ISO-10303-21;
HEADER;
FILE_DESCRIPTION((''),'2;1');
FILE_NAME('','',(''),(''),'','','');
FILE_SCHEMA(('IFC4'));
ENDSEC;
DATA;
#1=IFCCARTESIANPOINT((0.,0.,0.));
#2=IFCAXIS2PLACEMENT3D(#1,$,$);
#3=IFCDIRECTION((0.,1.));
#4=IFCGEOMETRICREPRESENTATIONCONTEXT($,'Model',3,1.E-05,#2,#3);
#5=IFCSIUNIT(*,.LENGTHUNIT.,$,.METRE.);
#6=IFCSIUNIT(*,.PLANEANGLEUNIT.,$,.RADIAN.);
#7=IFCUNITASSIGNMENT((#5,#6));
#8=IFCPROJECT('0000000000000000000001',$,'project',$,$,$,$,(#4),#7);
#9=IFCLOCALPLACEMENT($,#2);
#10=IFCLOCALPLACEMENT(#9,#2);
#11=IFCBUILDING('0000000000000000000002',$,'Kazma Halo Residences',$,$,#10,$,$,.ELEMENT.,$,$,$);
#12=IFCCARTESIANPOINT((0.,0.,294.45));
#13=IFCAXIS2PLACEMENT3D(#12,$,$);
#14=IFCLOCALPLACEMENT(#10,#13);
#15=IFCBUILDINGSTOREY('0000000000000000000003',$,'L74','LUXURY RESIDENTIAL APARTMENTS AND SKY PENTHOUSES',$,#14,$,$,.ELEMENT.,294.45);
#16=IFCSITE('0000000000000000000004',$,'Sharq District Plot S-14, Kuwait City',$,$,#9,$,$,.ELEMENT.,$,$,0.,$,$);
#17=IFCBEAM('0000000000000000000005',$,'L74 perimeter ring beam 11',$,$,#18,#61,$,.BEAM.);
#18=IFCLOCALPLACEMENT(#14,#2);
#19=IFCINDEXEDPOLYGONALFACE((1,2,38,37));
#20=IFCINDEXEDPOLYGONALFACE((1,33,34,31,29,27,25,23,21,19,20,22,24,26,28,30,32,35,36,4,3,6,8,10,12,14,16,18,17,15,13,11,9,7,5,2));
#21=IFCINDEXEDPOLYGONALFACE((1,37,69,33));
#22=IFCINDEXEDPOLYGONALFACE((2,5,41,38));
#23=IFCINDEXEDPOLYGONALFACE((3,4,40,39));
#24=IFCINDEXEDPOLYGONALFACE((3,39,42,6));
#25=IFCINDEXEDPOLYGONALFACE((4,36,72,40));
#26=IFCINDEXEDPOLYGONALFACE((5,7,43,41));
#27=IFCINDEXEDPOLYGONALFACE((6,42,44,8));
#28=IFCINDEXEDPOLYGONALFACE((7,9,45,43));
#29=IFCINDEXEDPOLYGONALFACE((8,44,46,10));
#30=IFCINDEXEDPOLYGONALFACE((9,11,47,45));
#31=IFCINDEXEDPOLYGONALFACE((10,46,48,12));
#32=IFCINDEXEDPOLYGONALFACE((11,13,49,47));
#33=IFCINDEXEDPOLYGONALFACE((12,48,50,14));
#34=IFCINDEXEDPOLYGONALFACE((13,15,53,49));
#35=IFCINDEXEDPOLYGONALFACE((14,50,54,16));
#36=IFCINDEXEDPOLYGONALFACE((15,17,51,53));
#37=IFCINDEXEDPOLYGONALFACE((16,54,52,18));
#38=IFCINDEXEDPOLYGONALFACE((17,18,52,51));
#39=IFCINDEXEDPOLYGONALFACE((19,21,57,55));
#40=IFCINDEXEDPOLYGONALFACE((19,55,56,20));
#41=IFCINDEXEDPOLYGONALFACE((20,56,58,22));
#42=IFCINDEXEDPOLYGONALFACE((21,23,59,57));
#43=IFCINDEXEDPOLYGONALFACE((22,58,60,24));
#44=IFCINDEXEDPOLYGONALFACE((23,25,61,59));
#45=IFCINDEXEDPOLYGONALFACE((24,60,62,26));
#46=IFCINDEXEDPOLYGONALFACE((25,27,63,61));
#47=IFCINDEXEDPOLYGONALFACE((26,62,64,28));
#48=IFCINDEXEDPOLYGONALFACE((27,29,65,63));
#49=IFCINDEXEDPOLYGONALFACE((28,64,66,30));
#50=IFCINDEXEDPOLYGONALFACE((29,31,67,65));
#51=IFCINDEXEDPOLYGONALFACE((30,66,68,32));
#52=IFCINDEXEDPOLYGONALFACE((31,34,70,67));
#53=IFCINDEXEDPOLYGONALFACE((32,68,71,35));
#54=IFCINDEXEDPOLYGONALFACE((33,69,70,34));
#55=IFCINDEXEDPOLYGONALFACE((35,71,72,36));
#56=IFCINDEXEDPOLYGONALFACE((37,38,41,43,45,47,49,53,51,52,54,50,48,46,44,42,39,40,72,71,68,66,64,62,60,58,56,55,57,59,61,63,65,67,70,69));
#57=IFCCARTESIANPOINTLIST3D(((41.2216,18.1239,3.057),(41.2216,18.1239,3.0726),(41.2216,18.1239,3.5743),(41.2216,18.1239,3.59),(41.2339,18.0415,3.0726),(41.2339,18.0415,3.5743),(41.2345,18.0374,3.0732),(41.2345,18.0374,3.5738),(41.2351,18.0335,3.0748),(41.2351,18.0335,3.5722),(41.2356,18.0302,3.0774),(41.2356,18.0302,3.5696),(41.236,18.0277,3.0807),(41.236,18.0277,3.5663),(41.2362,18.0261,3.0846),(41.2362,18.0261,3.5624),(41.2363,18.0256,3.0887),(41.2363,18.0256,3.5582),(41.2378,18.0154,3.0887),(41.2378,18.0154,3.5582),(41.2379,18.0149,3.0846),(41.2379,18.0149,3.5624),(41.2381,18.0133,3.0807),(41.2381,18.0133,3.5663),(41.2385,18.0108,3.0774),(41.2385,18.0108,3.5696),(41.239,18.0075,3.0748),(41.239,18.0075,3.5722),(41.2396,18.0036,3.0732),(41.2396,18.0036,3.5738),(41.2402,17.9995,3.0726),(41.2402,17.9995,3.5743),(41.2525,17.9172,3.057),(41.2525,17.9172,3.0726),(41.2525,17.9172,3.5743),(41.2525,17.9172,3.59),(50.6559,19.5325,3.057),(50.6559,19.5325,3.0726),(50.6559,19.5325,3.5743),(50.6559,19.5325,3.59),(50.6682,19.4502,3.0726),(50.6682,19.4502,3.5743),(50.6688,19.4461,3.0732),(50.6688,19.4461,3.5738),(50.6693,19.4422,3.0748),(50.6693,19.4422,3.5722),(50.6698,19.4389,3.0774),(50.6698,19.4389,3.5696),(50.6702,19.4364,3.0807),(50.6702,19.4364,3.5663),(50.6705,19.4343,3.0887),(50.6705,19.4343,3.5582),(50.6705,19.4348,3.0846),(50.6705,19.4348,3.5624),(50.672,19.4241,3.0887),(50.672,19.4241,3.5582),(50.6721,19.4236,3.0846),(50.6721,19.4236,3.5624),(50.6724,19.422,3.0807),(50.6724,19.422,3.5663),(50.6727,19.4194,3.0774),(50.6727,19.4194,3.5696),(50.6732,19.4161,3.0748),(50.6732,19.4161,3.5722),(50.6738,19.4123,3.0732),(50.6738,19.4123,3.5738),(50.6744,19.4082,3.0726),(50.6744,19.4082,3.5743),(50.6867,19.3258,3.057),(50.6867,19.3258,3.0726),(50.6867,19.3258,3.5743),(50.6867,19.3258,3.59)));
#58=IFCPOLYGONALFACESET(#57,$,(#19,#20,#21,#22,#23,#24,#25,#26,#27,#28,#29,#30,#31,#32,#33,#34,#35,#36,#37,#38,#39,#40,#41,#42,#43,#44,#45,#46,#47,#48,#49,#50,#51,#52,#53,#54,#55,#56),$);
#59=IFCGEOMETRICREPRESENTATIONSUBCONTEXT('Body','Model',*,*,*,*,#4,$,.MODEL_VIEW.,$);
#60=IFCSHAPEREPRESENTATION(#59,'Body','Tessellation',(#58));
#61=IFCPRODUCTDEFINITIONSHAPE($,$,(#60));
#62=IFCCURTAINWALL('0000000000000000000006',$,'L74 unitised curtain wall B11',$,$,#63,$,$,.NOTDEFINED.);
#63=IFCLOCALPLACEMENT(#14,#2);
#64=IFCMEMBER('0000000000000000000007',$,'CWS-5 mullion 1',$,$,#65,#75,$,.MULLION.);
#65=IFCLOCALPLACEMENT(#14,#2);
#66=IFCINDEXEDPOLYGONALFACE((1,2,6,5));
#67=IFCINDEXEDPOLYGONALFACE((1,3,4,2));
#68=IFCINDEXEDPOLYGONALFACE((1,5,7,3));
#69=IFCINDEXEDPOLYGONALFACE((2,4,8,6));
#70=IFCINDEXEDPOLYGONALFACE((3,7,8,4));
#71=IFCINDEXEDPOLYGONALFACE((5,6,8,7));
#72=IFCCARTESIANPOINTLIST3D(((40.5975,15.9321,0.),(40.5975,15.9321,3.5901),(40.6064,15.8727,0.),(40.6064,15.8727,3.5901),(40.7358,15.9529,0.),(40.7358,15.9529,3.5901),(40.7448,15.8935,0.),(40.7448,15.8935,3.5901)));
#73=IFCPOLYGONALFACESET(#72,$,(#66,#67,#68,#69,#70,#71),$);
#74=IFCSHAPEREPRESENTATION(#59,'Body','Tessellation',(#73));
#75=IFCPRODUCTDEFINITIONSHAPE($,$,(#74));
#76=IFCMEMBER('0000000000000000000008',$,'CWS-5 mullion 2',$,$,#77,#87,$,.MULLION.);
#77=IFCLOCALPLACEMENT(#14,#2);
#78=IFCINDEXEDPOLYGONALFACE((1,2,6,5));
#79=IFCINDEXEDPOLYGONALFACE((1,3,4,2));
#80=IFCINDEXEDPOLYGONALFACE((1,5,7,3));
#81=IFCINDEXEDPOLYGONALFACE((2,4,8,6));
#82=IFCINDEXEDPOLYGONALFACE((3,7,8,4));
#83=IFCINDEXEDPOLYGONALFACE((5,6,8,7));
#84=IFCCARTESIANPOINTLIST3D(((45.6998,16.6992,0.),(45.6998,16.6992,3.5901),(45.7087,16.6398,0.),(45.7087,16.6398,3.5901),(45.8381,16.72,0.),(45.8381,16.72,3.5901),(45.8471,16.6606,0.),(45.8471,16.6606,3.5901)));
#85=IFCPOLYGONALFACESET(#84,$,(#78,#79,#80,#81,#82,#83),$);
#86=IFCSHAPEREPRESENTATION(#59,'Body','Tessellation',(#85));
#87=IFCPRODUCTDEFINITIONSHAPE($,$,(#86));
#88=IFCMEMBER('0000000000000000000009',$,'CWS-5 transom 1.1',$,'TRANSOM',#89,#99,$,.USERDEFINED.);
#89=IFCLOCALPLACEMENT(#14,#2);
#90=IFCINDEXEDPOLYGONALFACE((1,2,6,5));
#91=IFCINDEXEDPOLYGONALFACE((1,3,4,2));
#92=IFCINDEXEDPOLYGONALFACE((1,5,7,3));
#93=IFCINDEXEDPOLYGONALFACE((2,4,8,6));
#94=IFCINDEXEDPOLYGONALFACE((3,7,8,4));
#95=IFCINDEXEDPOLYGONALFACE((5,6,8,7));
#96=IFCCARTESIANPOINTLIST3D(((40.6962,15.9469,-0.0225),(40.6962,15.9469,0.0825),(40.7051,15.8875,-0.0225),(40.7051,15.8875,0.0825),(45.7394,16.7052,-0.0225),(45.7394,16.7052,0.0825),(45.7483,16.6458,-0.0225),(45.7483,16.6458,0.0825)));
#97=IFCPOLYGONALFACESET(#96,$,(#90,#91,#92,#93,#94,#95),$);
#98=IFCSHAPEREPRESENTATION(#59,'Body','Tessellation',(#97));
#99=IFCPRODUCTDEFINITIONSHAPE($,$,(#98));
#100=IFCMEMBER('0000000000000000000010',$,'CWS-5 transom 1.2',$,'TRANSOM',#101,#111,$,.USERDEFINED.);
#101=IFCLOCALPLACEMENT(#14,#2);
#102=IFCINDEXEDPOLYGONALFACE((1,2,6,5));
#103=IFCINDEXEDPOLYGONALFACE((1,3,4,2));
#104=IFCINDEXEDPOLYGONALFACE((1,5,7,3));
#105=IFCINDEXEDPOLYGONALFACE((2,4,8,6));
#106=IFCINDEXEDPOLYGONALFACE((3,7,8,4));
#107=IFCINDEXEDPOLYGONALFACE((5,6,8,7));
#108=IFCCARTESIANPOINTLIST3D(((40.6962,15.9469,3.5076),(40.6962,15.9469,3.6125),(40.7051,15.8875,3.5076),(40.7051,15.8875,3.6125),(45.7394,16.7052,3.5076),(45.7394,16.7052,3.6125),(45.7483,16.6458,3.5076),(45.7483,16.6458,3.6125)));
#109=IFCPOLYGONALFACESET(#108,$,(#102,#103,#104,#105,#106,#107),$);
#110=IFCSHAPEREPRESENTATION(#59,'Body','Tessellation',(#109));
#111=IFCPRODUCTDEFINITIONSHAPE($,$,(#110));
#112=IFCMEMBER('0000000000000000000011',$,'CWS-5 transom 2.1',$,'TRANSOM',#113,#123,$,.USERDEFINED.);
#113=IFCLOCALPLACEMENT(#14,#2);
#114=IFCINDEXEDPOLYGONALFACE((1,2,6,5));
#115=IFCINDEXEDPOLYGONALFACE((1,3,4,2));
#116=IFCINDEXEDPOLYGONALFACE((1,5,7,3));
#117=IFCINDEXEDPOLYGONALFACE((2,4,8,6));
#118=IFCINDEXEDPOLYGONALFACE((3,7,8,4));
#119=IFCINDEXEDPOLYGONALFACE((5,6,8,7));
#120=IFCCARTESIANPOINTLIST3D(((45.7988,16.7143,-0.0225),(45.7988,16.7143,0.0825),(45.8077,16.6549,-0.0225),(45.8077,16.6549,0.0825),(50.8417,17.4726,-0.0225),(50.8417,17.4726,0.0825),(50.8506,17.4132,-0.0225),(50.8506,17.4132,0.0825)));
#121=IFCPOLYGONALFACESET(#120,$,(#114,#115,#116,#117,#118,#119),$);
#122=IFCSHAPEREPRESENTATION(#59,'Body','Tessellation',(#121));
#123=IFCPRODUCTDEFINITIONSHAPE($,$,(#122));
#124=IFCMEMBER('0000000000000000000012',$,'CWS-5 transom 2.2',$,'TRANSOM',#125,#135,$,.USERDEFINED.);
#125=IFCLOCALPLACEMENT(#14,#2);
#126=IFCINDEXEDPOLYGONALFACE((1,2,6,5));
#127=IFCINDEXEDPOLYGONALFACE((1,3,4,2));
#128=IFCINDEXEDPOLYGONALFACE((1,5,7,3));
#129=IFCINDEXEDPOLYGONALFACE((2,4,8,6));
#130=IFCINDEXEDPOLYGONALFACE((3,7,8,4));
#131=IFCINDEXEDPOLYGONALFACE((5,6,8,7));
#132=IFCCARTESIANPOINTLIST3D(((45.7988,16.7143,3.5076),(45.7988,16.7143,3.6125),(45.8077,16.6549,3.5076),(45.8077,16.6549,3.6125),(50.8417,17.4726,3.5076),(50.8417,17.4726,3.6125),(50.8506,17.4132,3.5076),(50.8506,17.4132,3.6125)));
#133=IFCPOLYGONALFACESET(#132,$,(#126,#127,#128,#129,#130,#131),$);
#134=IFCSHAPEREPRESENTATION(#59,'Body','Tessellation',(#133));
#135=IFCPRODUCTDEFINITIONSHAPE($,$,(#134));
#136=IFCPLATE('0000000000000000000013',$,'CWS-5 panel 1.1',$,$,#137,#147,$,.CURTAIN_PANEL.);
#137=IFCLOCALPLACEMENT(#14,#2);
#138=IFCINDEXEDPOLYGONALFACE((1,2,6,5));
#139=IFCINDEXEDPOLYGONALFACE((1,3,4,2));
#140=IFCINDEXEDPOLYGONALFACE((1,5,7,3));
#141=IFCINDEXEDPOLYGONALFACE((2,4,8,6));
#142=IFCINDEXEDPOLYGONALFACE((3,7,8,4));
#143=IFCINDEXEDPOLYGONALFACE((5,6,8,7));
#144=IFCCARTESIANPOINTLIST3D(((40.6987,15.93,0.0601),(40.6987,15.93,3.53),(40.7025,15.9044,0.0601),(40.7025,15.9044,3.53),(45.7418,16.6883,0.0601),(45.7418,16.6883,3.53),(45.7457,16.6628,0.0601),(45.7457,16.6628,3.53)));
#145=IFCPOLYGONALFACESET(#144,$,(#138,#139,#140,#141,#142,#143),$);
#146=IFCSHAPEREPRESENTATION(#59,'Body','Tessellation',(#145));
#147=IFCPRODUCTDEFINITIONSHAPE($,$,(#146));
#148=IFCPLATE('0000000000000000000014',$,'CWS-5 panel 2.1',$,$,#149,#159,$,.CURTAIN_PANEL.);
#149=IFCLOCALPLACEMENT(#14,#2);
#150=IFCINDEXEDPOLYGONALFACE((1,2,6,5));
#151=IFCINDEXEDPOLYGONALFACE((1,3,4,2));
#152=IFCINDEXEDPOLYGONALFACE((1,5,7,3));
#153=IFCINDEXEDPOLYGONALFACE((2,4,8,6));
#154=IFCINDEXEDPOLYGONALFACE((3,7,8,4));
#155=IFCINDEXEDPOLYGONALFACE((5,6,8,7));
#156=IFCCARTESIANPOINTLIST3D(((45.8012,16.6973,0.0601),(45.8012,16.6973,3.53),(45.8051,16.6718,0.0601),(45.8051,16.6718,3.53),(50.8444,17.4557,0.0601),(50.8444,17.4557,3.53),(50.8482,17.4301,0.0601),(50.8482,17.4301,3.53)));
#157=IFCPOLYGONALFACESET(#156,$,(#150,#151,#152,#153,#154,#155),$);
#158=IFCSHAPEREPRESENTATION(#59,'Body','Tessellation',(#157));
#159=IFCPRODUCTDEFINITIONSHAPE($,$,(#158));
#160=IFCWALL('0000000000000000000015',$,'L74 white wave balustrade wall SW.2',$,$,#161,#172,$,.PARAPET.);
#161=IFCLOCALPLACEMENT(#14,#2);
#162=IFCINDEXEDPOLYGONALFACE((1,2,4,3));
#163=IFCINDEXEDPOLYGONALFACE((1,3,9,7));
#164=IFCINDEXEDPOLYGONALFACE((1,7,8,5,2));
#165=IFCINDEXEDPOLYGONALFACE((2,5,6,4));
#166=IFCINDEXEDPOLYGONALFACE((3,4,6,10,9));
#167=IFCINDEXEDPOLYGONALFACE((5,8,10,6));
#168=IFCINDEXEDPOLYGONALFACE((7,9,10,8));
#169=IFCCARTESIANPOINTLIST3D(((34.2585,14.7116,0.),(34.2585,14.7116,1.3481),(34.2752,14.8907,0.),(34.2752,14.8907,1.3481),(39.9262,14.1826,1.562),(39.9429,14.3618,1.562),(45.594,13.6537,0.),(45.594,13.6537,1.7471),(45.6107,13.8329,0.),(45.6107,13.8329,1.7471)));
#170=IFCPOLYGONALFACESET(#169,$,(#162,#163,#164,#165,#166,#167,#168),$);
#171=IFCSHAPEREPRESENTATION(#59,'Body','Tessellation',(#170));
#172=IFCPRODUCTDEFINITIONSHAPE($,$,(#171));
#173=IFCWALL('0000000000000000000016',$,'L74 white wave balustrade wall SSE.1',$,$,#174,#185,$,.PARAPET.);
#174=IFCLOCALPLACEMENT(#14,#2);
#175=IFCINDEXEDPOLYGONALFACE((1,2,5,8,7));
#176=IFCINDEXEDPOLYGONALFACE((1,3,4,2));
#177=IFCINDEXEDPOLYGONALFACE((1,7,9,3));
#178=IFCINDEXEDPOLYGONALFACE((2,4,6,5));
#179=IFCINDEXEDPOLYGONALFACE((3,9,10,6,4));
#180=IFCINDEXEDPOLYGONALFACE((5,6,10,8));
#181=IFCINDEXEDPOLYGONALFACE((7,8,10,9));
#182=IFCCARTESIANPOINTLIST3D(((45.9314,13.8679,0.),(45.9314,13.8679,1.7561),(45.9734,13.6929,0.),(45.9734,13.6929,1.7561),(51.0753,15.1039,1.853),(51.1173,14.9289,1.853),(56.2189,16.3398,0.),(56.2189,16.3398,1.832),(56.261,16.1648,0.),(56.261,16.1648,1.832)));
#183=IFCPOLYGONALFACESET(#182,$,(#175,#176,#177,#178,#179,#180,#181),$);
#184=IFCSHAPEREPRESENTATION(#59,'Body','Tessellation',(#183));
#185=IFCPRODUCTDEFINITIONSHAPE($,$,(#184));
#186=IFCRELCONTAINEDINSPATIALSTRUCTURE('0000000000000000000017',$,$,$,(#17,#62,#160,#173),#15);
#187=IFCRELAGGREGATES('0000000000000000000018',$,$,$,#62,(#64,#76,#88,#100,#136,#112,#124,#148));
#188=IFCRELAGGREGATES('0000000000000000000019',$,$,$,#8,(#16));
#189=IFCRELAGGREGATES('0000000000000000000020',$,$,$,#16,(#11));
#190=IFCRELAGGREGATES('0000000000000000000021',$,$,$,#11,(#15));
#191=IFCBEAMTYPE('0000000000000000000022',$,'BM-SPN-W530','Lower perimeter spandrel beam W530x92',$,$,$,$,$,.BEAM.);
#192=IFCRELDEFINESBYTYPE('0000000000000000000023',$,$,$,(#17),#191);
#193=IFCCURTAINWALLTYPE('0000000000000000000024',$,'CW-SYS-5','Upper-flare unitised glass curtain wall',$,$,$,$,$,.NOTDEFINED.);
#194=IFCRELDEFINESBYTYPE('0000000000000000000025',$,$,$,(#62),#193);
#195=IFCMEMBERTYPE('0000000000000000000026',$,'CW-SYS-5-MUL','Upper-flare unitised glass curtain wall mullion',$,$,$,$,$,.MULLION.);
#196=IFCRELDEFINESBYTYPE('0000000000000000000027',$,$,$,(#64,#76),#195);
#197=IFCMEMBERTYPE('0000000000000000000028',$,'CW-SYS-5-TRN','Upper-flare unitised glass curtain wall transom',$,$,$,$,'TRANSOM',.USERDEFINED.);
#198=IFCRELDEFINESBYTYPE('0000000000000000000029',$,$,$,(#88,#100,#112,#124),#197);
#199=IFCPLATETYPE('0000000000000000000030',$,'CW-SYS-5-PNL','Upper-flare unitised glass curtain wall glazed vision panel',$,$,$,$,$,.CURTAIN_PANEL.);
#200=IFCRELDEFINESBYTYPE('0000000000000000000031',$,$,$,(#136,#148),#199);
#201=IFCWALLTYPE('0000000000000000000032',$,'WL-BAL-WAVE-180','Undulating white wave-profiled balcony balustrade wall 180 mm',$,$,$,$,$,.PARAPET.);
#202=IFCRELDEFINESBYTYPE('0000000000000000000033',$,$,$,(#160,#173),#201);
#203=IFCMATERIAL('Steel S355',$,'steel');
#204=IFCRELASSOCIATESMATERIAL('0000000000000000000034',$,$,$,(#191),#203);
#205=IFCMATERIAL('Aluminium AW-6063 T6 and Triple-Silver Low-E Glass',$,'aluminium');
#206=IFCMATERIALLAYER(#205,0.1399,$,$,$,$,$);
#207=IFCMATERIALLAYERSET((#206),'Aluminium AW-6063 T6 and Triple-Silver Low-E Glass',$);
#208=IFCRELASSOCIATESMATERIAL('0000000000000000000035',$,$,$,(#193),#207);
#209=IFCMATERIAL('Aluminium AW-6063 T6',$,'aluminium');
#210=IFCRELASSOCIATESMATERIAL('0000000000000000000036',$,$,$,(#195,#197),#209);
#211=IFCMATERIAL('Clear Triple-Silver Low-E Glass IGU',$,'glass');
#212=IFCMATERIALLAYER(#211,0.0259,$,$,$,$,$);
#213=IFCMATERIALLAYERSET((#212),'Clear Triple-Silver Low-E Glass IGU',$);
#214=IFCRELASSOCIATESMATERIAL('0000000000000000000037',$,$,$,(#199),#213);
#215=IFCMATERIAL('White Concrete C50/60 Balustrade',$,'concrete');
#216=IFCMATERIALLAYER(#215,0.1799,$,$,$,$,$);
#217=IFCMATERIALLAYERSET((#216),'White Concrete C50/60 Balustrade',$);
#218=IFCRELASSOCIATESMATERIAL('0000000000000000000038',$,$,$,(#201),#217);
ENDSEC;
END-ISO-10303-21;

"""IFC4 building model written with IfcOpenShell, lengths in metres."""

from ifc_helpers import new_model, si_unit, direction, frame, origin, origin_2d, place, context, subcontext, project, spatial, polyline, rectangle, i_section, outline, extrude, material, layer, layer_set, material_profile, profile_set, type_object, element, aggregate, save


model = new_model("IFC4")

# Units and contexts
model_context = context("Model", 3, precision=1e-05, world=origin(), true_north=direction((0.0, 1.0)))
body_context = subcontext(model_context, "Body", "Model", "MODEL_VIEW")
ifc_project = project(units=[si_unit("LENGTHUNIT", "METRE"), si_unit("PLANEANGLEUNIT", "RADIAN")], contexts=[model_context])

# Site, building, storey
site_placement = place(None, origin())
site = spatial("IfcSite", under=ifc_project, at=site_placement, Name="Sharq District Plot S-14, Kuwait City", CompositionType="ELEMENT", RefElevation=0.0)
building_placement = place(site_placement, origin())
building = spatial("IfcBuilding", under=site, at=building_placement, Name="Kazma Halo Residences", CompositionType="ELEMENT")
storey_placement = place(building_placement, frame((0.0, 0.0, 294.45)))
storey = spatial("IfcBuildingStorey", under=building, at=storey_placement, Name="L74", Description="LUXURY RESIDENTIAL APARTMENTS AND SKY PENTHOUSES", CompositionType="ELEMENT", Elevation=294.45)

# Beam
ifc_material_1 = material(Name="Steel S355", Category="steel")
ifc_material_profile_1 = material_profile(ifc_material_1, i_section(OverallWidth=0.209, OverallDepth=0.533, WebThickness=0.0103, FlangeThickness=0.0156, FilletRadius=0.0161, at=origin_2d()), Name="W530x92")
ifc_profile_set_1 = profile_set([ifc_material_profile_1], Name="Steel S355")
beam_type_1 = type_object("IfcBeamType", Name="BM-SPN-W530", Description="Lower perimeter spandrel beam W530x92", PredefinedType="BEAM", material=ifc_profile_set_1)
beam_1_placement = place(storey_placement, frame((41.2371, 18.0205, 3.3235), z_axis=(0.989035, 0.147678, 0.0), x_axis=(-0.147678, 0.989035, 0.0)))
element("IfcBeam", 1, at=beam_1_placement, inside=storey, type_object=beam_type_1, Name="L74 perimeter ring beam 11", PredefinedType="BEAM", context=body_context, shape_type="SweptSolid", body=[
    extrude(i_section(OverallWidth=0.209, OverallDepth=0.533, WebThickness=0.0103, FlangeThickness=0.0156, FilletRadius=0.0161, at=origin_2d()), origin(), (0.0, 0.0, 1.0), 9.5388),
])

# Curtain wall, members, plates
ifc_material_2 = material(Name="Aluminium AW-6063 T6 and Triple-Silver Low-E Glass", Category="aluminium")
ifc_layer_1 = layer(ifc_material_2, 0.1399)
ifc_layer_set_1 = layer_set([ifc_layer_1], Name="Aluminium AW-6063 T6 and Triple-Silver Low-E Glass")
curtain_wall_type = type_object("IfcCurtainWallType", Name="CW-SYS-5", Description="Upper-flare unitised glass curtain wall", PredefinedType="NOTDEFINED", material=ifc_layer_set_1)
curtain_wall_placement = place(storey_placement, origin())
curtain_wall = element("IfcCurtainWall", 2, at=curtain_wall_placement, inside=storey, type_object=curtain_wall_type, Name="L74 unitised curtain wall B11", PredefinedType="NOTDEFINED")
ifc_material_3 = material(Name="Aluminium AW-6063 T6", Category="aluminium")
ifc_material_profile_2 = material_profile(ifc_material_3, rectangle(XDim=0.0601, YDim=0.1399, at=origin_2d()), Name="CWM-60x140")
ifc_profile_set_2 = profile_set([ifc_material_profile_2], Name="Aluminium AW-6063 T6")
member_type_1 = type_object("IfcMemberType", Name="CW-SYS-5-MUL", Description="Upper-flare unitised glass curtain wall mullion", PredefinedType="MULLION", material=ifc_profile_set_2)
member_1_placement = place(storey_placement, frame((40.6711, 15.9128, 0.0), z_axis=(0.0, 0.0, 1.0), x_axis=(-0.148697, 0.988883, 0.0)))
member_1 = element("IfcMember", 3, at=member_1_placement, type_object=member_type_1, Name="CWS-5 mullion 1", PredefinedType="MULLION", context=body_context, shape_type="SweptSolid", body=[
    extrude(rectangle(XDim=0.0601, YDim=0.1399, at=origin_2d()), origin(), (0.0, 0.0, 1.0), 3.5901),
])
member_2_placement = place(storey_placement, frame((45.7734, 16.6799, 0.0), z_axis=(0.0, 0.0, 1.0), x_axis=(-0.148697, 0.988883, 0.0)))
member_2 = element("IfcMember", 4, at=member_2_placement, type_object=member_type_1, Name="CWS-5 mullion 2", PredefinedType="MULLION", context=body_context, shape_type="SweptSolid", body=[
    extrude(rectangle(XDim=0.0601, YDim=0.1399, at=origin_2d()), origin(), (0.0, 0.0, 1.0), 3.5901),
])
ifc_material_profile_3 = material_profile(ifc_material_3, rectangle(XDim=0.0601, YDim=0.105, at=origin_2d()), Name="CWT-60x105")
ifc_profile_set_3 = profile_set([ifc_material_profile_3], Name="Aluminium AW-6063 T6")
member_type_2 = type_object("IfcMemberType", Name="CW-SYS-5-TRN", Description="Upper-flare unitised glass curtain wall transom", ElementType="TRANSOM", PredefinedType="USERDEFINED", material=ifc_profile_set_3)
member_3_placement = place(storey_placement, frame((40.7007, 15.9172, 0.03), z_axis=(0.988884, 0.148689, 0.0), x_axis=(-0.148689, 0.988884, 0.0)))
member_3 = element("IfcMember", 5, at=member_3_placement, type_object=member_type_2, Name="CWS-5 transom 1.1", ObjectType="TRANSOM", PredefinedType="USERDEFINED", context=body_context, shape_type="SweptSolid", body=[
    extrude(rectangle(XDim=0.0601, YDim=0.105, at=origin_2d()), origin(), (0.0, 0.0, 1.0), 5.0999),
])
member_4_placement = place(storey_placement, frame((40.7007, 15.9172, 3.5601), z_axis=(0.988884, 0.148689, 0.0), x_axis=(-0.148689, 0.988884, 0.0)))
member_4 = element("IfcMember", 6, at=member_4_placement, type_object=member_type_2, Name="CWS-5 transom 1.2", ObjectType="TRANSOM", PredefinedType="USERDEFINED", context=body_context, shape_type="SweptSolid", body=[
    extrude(rectangle(XDim=0.0601, YDim=0.105, at=origin_2d()), origin(), (0.0, 0.0, 1.0), 5.0999),
])
member_5_placement = place(storey_placement, frame((45.8032, 16.6846, 0.03), z_axis=(0.988883, 0.148696, 0.0), x_axis=(-0.148696, 0.988883, 0.0)))
member_5 = element("IfcMember", 7, at=member_5_placement, type_object=member_type_2, Name="CWS-5 transom 2.1", ObjectType="TRANSOM", PredefinedType="USERDEFINED", context=body_context, shape_type="SweptSolid", body=[
    extrude(rectangle(XDim=0.0601, YDim=0.105, at=origin_2d()), origin(), (0.0, 0.0, 1.0), 5.0996),
])
member_6_placement = place(storey_placement, frame((45.8032, 16.6846, 3.5601), z_axis=(0.988883, 0.148696, 0.0), x_axis=(-0.148696, 0.988883, 0.0)))
member_6 = element("IfcMember", 8, at=member_6_placement, type_object=member_type_2, Name="CWS-5 transom 2.2", ObjectType="TRANSOM", PredefinedType="USERDEFINED", context=body_context, shape_type="SweptSolid", body=[
    extrude(rectangle(XDim=0.0601, YDim=0.105, at=origin_2d()), origin(), (0.0, 0.0, 1.0), 5.0996),
])
ifc_material_4 = material(Name="Clear Triple-Silver Low-E Glass IGU", Category="glass")
ifc_layer_2 = layer(ifc_material_4, 0.0259)
ifc_layer_set_2 = layer_set([ifc_layer_2], Name="Clear Triple-Silver Low-E Glass IGU")
plate_type = type_object("IfcPlateType", Name="CW-SYS-5-PNL", Description="Upper-flare unitised glass curtain wall glazed vision panel", PredefinedType="CURTAIN_PANEL", material=ifc_layer_set_2)
plate_1_placement = place(storey_placement, frame((43.2222, 16.2964, 0.0601), z_axis=(0.0, 0.0, 1.0), x_axis=(0.988883, 0.148697, 0.0)))
plate_1 = element("IfcPlate", 9, at=plate_1_placement, type_object=plate_type, Name="CWS-5 panel 1.1", PredefinedType="CURTAIN_PANEL", context=body_context, shape_type="SweptSolid", body=[
    extrude(rectangle(XDim=5.0999, YDim=0.0259, at=origin_2d()), origin(), (0.0, 0.0, 1.0), 3.47),
])
plate_2_placement = place(storey_placement, frame((48.3247, 17.0637, 0.0601), z_axis=(0.0, 0.0, 1.0), x_axis=(0.988883, 0.148697, 0.0)))
plate_2 = element("IfcPlate", 10, at=plate_2_placement, type_object=plate_type, Name="CWS-5 panel 2.1", PredefinedType="CURTAIN_PANEL", context=body_context, shape_type="SweptSolid", body=[
    extrude(rectangle(XDim=5.0999, YDim=0.0259, at=origin_2d()), origin(), (0.0, 0.0, 1.0), 3.47),
])
aggregate(curtain_wall, [member_1, member_2, member_3, member_4, plate_1, member_5, member_6, plate_2])

# Walls
ifc_material_5 = material(Name="White Concrete C50/60 Balustrade", Category="concrete")
ifc_layer_3 = layer(ifc_material_5, 0.1799)
ifc_layer_set_3 = layer_set([ifc_layer_3], Name="White Concrete C50/60 Balustrade")
wall_type_1 = type_object("IfcWallType", Name="WL-BAL-WAVE-180", Description="Undulating white wave-profiled balcony balustrade wall 180 mm", PredefinedType="PARAPET", material=ifc_layer_set_3)
wall_1_placement = place(storey_placement, frame((34.2668, 14.8013, 0.0), z_axis=(0.0, 0.0, 1.0), x_axis=(0.995674, -0.09292, 0.0)))
element("IfcWall", 11, at=wall_1_placement, inside=storey, type_object=wall_type_1, Name="L74 white wave balustrade wall SW.2", PredefinedType="PARAPET", context=body_context, shape_type="SweptSolid", body=[
    extrude(outline(polyline([(0.0, 0.0), (11.3848, 0.0), (11.3848, 1.7471), (5.6924, 1.562), (0.0, 1.3481), (0.0, 0.0)])), frame((0.0, 0.0898, 0.0), z_axis=(0.0, -1.0, 0.0), x_axis=(1.0, 0.0, 0.0)), (0.0, 0.0, 1.0), 0.1799),
])
wall_2_placement = place(storey_placement, frame((45.9524, 13.7805, 0.0), z_axis=(0.0, 0.0, 1.0), x_axis=(0.972325, 0.233632, 0.0)))
element("IfcWall", 12, at=wall_2_placement, inside=storey, type_object=wall_type_1, Name="L74 white wave balustrade wall SSE.1", PredefinedType="PARAPET", context=body_context, shape_type="SweptSolid", body=[
    extrude(outline(polyline([(0.0, 0.0), (10.5803, 0.0), (10.5803, 1.832), (5.2903, 1.853), (0.0, 1.7561), (0.0, 0.0)])), frame((0.0, 0.0898, 0.0), z_axis=(0.0, -1.0, 0.0), x_axis=(1.0, 0.0, 0.0)), (0.0, 0.0, 1.0), 0.1799),
])

save(model, "model.ifc")
